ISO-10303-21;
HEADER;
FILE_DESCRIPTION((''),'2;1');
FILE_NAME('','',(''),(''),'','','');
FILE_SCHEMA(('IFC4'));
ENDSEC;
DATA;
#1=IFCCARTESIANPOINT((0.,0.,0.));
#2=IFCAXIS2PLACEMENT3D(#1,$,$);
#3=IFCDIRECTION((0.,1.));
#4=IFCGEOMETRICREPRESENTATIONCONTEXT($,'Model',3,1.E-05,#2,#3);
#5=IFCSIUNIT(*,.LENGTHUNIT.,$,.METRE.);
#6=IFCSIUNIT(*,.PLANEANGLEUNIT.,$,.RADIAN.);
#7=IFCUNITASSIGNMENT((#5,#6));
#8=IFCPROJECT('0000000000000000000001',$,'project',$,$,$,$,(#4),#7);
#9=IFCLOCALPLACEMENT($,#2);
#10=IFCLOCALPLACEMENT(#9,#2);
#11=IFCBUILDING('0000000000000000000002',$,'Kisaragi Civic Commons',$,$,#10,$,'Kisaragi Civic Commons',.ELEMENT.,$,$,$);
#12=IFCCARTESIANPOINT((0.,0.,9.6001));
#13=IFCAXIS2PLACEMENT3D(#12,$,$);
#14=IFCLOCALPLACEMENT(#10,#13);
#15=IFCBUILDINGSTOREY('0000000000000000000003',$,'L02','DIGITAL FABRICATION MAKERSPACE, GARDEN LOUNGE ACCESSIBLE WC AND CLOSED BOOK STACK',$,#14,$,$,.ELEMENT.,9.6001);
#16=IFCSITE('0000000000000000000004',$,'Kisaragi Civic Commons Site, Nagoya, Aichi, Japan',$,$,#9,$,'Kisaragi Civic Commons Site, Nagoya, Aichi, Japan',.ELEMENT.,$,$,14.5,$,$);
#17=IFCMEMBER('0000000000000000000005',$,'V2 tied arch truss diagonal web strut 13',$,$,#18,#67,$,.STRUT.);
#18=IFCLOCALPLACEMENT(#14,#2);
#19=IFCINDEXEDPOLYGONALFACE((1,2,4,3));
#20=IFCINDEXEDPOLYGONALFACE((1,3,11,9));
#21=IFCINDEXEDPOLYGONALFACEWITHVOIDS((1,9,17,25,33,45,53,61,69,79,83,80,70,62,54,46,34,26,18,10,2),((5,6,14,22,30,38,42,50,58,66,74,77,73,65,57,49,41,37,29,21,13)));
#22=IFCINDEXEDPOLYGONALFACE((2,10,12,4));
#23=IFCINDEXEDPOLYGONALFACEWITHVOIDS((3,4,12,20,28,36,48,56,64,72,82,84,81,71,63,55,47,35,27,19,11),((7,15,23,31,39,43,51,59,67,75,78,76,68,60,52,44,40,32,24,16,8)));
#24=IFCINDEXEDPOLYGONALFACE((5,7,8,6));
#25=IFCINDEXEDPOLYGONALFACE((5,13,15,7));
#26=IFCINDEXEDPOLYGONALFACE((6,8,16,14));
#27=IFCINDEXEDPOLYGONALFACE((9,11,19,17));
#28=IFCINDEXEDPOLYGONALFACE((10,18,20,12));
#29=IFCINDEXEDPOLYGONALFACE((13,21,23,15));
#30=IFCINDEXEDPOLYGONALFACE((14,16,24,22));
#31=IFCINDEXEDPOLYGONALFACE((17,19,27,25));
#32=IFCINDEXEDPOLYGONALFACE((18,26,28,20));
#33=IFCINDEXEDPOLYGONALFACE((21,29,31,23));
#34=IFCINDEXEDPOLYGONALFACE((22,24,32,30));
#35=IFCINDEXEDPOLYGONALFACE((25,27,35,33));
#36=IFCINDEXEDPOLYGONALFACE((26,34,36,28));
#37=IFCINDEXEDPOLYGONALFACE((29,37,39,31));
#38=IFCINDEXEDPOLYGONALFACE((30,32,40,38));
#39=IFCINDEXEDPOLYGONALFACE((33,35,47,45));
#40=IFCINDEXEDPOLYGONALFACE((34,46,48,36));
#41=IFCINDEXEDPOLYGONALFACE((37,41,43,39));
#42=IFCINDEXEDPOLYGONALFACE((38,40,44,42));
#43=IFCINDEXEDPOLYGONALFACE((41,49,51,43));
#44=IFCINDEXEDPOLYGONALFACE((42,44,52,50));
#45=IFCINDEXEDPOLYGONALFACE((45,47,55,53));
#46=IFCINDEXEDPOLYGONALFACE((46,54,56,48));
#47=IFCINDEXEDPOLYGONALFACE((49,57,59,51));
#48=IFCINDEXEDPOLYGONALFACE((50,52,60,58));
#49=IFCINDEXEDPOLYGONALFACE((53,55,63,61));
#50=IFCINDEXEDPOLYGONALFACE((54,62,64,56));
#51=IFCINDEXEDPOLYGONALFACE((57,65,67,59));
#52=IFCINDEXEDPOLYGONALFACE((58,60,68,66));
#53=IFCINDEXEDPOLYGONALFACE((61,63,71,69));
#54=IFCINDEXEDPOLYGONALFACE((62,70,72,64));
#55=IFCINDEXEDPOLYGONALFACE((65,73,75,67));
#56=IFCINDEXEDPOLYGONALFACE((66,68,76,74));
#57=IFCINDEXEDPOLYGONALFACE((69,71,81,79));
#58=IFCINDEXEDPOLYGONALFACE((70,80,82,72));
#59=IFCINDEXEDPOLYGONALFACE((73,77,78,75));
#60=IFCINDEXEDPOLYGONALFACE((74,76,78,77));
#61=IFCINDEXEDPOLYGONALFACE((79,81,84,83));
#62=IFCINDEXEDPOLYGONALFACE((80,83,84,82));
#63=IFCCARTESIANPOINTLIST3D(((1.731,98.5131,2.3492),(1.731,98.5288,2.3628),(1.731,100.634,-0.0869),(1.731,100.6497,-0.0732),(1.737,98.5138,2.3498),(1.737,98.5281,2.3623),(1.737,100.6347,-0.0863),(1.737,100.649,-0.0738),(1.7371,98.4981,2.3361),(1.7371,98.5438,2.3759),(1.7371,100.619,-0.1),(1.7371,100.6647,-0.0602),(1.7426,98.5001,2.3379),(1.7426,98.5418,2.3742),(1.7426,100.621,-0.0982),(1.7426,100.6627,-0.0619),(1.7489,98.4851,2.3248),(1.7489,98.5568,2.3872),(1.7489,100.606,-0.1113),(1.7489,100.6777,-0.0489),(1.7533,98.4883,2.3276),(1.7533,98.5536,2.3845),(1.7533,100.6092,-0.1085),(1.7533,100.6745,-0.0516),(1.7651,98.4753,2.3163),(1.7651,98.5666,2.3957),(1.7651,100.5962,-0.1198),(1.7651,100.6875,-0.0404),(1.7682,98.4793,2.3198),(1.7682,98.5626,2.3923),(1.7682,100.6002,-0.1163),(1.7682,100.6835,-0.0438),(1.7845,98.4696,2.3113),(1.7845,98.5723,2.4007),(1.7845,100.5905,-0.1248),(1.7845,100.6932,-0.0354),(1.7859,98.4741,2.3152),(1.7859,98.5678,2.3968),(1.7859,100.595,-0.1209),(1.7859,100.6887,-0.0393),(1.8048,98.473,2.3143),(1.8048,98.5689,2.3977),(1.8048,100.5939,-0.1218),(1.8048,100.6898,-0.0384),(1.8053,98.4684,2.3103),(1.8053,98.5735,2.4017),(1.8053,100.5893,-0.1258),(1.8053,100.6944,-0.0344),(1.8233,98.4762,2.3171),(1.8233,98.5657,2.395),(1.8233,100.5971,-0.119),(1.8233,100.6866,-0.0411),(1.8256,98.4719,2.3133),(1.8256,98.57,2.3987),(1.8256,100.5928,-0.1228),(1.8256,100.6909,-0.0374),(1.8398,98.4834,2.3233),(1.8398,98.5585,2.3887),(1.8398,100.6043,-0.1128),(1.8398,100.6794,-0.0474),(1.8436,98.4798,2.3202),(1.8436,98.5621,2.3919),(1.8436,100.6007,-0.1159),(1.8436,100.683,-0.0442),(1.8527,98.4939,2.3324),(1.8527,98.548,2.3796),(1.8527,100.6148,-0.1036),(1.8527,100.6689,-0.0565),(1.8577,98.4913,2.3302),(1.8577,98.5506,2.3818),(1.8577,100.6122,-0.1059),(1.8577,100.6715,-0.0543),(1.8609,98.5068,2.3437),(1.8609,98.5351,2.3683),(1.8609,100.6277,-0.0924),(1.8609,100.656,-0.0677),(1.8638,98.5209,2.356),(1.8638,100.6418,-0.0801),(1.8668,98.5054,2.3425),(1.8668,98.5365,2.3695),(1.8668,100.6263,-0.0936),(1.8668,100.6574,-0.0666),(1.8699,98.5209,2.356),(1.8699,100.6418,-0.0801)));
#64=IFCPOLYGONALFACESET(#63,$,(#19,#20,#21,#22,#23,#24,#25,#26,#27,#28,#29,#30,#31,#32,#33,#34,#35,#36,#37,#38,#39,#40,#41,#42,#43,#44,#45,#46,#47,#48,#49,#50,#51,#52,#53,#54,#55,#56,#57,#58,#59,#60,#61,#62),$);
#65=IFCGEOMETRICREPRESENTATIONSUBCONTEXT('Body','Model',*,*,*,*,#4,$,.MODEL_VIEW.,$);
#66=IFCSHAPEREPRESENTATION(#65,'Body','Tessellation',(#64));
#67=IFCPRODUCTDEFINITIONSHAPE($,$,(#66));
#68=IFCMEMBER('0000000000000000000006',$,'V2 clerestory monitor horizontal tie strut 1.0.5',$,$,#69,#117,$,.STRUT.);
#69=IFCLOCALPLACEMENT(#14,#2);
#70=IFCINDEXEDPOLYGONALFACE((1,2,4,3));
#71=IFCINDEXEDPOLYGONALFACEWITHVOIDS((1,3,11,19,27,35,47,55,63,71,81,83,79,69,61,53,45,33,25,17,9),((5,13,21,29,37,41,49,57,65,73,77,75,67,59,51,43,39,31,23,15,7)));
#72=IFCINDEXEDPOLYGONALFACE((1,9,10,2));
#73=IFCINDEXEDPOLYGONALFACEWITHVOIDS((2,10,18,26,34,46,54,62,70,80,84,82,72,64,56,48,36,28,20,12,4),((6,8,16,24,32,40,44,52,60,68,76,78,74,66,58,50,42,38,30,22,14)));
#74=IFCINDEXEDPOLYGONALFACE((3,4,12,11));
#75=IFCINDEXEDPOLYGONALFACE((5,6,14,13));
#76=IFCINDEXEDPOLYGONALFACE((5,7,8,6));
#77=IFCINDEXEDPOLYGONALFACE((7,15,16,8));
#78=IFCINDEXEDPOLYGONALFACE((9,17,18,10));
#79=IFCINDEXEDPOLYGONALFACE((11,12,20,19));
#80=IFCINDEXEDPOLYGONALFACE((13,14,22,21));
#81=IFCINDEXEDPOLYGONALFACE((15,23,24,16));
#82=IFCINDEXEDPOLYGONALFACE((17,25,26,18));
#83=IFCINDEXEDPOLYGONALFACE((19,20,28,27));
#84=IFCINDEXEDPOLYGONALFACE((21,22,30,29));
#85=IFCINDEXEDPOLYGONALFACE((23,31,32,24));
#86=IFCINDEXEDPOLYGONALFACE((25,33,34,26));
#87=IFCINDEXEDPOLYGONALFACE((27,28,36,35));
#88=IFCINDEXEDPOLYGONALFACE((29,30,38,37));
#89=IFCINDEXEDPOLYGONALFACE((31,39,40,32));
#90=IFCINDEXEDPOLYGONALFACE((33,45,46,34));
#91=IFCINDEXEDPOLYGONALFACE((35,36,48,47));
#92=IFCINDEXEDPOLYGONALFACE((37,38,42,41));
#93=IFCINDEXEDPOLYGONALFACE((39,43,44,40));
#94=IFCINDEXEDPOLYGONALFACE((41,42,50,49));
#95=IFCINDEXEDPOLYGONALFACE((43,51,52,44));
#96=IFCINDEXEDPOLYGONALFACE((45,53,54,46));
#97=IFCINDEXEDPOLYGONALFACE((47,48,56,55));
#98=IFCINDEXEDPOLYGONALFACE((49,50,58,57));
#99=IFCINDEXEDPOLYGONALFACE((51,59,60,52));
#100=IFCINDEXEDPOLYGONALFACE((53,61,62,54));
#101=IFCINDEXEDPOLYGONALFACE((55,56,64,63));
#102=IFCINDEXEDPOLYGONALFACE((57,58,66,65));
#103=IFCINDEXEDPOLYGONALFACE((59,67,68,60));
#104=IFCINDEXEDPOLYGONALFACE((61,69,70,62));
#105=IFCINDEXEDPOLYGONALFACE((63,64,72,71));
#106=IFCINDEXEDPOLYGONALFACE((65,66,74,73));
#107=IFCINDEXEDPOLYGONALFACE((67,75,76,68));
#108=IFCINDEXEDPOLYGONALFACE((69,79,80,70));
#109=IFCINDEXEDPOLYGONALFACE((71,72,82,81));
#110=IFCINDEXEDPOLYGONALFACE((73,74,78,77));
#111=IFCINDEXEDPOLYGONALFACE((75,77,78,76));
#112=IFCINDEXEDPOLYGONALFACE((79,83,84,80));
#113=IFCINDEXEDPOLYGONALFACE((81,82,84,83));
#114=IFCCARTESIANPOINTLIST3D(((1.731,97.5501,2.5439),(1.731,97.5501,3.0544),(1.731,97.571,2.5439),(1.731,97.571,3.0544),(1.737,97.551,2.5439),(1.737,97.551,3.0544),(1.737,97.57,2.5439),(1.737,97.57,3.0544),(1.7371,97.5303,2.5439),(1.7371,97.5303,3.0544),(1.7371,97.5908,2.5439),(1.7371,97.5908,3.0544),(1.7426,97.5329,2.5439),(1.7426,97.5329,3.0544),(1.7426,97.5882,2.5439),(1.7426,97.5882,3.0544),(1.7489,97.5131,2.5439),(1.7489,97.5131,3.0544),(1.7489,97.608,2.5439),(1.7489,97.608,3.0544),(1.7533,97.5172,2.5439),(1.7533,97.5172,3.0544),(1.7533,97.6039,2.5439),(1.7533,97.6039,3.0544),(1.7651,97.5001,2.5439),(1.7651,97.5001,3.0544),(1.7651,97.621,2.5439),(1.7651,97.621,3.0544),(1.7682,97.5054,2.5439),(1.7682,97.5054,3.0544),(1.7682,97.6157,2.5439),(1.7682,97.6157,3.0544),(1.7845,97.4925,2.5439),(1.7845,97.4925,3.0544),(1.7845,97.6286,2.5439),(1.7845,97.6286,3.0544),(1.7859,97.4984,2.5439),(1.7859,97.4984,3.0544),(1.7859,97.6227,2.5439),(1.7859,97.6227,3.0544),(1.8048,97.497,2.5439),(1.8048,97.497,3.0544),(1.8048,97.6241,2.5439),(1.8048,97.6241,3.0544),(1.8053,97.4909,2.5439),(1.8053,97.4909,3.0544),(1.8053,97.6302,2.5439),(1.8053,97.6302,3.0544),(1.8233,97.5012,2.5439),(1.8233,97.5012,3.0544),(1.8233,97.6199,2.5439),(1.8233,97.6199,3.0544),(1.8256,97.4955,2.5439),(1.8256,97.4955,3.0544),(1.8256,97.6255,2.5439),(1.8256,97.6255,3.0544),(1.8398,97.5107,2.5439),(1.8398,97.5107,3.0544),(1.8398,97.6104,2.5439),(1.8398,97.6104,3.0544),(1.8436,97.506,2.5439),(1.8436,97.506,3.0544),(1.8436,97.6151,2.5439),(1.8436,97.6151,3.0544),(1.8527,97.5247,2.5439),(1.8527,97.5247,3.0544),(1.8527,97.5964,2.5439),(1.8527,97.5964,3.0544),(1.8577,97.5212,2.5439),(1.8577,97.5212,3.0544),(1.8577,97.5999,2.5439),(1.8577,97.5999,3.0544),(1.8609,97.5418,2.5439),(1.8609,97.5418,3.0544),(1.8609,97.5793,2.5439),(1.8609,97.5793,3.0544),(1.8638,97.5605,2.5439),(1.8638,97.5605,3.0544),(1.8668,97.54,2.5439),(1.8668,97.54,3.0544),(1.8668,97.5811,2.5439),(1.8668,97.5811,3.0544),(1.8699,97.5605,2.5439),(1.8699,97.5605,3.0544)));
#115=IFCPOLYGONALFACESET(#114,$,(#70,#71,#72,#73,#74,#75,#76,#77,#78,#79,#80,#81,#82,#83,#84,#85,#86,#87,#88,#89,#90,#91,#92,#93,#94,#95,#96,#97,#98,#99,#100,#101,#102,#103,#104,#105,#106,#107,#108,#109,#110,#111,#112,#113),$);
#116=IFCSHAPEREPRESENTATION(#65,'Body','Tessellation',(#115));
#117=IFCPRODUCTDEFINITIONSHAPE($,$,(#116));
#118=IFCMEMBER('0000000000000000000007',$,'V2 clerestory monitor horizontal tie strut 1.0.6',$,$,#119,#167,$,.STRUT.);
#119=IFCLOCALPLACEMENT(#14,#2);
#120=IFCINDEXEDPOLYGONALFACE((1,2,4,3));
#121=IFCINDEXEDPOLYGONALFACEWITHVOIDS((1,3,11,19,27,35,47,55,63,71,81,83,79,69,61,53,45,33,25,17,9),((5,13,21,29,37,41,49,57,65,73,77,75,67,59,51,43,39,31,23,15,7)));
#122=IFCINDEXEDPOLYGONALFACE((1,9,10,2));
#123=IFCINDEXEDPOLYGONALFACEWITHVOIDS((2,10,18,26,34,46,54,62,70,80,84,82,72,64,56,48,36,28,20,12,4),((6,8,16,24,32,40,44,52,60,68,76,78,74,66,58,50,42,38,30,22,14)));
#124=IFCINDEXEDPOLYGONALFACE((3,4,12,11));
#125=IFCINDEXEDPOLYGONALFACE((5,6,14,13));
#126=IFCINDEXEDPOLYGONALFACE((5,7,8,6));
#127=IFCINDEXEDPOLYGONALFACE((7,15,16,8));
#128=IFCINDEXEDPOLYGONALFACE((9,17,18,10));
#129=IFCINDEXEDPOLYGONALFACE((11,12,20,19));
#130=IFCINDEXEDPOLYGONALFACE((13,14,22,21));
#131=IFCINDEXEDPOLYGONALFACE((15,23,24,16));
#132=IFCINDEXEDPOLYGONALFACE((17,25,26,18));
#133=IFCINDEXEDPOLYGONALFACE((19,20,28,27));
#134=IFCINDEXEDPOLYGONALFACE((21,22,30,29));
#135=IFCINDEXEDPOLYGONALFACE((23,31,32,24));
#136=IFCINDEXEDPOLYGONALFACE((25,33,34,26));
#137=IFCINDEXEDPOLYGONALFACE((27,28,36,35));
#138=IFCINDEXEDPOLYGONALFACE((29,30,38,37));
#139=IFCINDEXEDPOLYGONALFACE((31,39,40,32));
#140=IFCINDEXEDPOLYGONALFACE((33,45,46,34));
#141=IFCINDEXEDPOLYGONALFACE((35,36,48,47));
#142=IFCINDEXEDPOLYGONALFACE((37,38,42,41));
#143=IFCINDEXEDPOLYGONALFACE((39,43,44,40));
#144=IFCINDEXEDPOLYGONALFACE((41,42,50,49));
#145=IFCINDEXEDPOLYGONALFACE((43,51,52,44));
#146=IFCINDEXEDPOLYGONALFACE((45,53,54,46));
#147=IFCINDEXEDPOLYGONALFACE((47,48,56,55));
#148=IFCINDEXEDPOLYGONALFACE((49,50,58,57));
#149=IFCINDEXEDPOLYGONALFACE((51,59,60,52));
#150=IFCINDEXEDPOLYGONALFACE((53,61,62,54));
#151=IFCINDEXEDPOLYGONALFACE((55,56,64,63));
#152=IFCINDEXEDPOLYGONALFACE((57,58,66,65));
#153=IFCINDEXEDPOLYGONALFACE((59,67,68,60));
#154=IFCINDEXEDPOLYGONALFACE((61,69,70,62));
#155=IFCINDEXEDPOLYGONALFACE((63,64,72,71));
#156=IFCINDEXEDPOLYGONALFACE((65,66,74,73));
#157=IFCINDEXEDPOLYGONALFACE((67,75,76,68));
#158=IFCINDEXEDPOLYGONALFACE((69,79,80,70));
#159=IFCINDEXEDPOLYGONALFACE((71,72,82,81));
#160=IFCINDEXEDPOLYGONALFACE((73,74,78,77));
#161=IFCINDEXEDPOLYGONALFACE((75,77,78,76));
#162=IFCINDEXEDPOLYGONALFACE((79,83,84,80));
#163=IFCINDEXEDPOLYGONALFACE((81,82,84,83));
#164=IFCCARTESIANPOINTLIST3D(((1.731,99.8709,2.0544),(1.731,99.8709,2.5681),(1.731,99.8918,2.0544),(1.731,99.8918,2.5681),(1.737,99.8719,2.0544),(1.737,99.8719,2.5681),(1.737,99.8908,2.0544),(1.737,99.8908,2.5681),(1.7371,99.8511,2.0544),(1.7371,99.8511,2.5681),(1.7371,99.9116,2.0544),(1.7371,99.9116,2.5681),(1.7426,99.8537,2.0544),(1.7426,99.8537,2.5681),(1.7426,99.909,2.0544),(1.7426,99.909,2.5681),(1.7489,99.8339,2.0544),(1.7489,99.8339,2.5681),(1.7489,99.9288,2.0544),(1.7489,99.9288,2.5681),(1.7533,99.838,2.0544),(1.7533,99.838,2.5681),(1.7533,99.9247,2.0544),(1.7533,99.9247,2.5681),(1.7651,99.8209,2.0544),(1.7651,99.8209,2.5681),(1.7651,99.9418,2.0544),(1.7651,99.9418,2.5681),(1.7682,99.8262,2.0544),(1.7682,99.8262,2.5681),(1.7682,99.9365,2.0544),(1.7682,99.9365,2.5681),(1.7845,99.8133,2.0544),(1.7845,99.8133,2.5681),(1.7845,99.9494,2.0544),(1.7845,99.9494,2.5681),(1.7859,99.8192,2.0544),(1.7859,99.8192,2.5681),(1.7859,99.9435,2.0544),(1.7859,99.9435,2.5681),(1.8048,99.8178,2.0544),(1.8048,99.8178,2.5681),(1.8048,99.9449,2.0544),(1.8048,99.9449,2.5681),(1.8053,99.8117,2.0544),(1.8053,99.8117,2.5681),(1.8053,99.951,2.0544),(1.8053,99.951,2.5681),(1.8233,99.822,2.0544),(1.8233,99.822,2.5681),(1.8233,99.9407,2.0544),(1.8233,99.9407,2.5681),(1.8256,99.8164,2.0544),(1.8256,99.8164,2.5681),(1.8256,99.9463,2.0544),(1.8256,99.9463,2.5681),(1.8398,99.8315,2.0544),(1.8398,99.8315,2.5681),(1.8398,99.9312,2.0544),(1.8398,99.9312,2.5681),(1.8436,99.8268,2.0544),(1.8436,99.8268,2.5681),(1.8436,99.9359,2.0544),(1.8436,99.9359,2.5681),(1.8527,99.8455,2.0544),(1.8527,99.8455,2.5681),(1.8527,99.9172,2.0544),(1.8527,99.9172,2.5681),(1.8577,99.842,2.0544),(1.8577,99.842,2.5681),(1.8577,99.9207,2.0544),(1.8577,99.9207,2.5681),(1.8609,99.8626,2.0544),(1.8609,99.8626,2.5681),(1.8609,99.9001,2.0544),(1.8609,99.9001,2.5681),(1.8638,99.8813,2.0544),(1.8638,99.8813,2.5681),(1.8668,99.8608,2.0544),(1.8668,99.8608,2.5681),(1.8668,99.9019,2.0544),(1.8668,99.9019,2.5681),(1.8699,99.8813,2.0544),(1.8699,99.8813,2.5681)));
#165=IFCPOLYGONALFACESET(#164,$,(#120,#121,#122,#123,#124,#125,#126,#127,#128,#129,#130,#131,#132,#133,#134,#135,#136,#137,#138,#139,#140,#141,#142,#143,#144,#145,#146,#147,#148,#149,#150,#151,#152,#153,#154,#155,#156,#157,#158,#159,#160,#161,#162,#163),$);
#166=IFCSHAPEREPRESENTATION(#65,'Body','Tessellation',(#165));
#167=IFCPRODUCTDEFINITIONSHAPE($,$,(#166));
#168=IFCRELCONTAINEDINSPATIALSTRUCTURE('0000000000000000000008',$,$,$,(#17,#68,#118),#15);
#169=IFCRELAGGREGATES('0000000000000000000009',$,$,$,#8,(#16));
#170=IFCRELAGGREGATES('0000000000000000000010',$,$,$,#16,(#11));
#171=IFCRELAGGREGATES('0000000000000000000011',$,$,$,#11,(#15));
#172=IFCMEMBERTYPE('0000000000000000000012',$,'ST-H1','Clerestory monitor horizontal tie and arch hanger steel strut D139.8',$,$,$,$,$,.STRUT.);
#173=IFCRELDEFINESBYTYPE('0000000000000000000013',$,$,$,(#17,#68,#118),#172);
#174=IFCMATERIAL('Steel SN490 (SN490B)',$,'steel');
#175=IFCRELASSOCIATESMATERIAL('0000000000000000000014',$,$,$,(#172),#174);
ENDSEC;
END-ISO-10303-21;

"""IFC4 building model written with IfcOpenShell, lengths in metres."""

from ifc_helpers import new_model, si_unit, direction, frame, origin, origin_2d, place, context, subcontext, project, spatial, hollow_circle, extrude, material, material_profile, profile_set, type_object, element, save


model = new_model("IFC4")

# Units and contexts
model_context = context("Model", 3, precision=1e-05, world=origin(), true_north=direction((0.0, 1.0)))
body_context = subcontext(model_context, "Body", "Model", "MODEL_VIEW")
ifc_project = project(units=[si_unit("LENGTHUNIT", "METRE"), si_unit("PLANEANGLEUNIT", "RADIAN")], contexts=[model_context])

# Site, building, storey
site_placement = place(None, origin())
site = spatial("IfcSite", under=ifc_project, at=site_placement, Name="Kisaragi Civic Commons Site, Nagoya, Aichi, Japan", LongName="Kisaragi Civic Commons Site, Nagoya, Aichi, Japan", CompositionType="ELEMENT", RefElevation=14.5)
building_placement = place(site_placement, origin())
building = spatial("IfcBuilding", under=site, at=building_placement, Name="Kisaragi Civic Commons", LongName="Kisaragi Civic Commons", CompositionType="ELEMENT")
storey_placement = place(building_placement, frame((0.0, 0.0, 9.6001)))
storey = spatial("IfcBuildingStorey", under=building, at=storey_placement, Name="L02", Description="DIGITAL FABRICATION MAKERSPACE, GARDEN LOUNGE ACCESSIBLE WC AND CLOSED BOOK STACK", CompositionType="ELEMENT", Elevation=9.6001)

# Members
ifc_material_1 = material(Name="Steel SN490 (SN490B)", Category="steel")
ifc_material_profile_1 = material_profile(ifc_material_1, hollow_circle(Radius=0.0698, WallThickness=0.0061, at=origin_2d()), Name="CHS-139.8x6.0", Category="steel")
ifc_profile_set_1 = profile_set([ifc_material_profile_1], Name="Steel SN490 (SN490B)")
member_type_1 = type_object("IfcMemberType", Name="ST-H1", Description="Clerestory monitor horizontal tie and arch hanger steel strut D139.8", PredefinedType="STRUT", material=ifc_profile_set_1)
member_1_placement = place(storey_placement, frame((1.8, 100.6418, -0.0801), z_axis=(0.0, -0.65663, 0.754213), x_axis=(1.0, 0.0, 0.0)))
element("IfcMember", 1, at=member_1_placement, inside=storey, type_object=member_type_1, Name="V2 tied arch truss diagonal web strut 13", PredefinedType="STRUT", context=body_context, shape_type="SweptSolid", body=[
    extrude(hollow_circle(Radius=0.0698, WallThickness=0.0061, at=origin_2d()), origin(), (0.0, 0.0, 1.0), 3.23),
])
member_2_placement = place(storey_placement, frame((1.8, 97.5605, 2.5439), z_axis=(0.0, 0.0, 1.0), x_axis=(1.0, 0.0, 0.0)))
element("IfcMember", 2, at=member_2_placement, inside=storey, type_object=member_type_1, Name="V2 clerestory monitor horizontal tie strut 1.0.5", PredefinedType="STRUT", context=body_context, shape_type="SweptSolid", body=[
    extrude(hollow_circle(Radius=0.0698, WallThickness=0.0061, at=origin_2d()), origin(), (0.0, 0.0, 1.0), 0.5105),
])
member_3_placement = place(storey_placement, frame((1.8, 99.8813, 2.0544), z_axis=(0.0, 0.0, 1.0), x_axis=(1.0, 0.0, 0.0)))
element("IfcMember", 3, at=member_3_placement, inside=storey, type_object=member_type_1, Name="V2 clerestory monitor horizontal tie strut 1.0.6", PredefinedType="STRUT", context=body_context, shape_type="SweptSolid", body=[
    extrude(hollow_circle(Radius=0.0698, WallThickness=0.0061, at=origin_2d()), origin(), (0.0, 0.0, 1.0), 0.5137),
])

save(model, "model.ifc")
